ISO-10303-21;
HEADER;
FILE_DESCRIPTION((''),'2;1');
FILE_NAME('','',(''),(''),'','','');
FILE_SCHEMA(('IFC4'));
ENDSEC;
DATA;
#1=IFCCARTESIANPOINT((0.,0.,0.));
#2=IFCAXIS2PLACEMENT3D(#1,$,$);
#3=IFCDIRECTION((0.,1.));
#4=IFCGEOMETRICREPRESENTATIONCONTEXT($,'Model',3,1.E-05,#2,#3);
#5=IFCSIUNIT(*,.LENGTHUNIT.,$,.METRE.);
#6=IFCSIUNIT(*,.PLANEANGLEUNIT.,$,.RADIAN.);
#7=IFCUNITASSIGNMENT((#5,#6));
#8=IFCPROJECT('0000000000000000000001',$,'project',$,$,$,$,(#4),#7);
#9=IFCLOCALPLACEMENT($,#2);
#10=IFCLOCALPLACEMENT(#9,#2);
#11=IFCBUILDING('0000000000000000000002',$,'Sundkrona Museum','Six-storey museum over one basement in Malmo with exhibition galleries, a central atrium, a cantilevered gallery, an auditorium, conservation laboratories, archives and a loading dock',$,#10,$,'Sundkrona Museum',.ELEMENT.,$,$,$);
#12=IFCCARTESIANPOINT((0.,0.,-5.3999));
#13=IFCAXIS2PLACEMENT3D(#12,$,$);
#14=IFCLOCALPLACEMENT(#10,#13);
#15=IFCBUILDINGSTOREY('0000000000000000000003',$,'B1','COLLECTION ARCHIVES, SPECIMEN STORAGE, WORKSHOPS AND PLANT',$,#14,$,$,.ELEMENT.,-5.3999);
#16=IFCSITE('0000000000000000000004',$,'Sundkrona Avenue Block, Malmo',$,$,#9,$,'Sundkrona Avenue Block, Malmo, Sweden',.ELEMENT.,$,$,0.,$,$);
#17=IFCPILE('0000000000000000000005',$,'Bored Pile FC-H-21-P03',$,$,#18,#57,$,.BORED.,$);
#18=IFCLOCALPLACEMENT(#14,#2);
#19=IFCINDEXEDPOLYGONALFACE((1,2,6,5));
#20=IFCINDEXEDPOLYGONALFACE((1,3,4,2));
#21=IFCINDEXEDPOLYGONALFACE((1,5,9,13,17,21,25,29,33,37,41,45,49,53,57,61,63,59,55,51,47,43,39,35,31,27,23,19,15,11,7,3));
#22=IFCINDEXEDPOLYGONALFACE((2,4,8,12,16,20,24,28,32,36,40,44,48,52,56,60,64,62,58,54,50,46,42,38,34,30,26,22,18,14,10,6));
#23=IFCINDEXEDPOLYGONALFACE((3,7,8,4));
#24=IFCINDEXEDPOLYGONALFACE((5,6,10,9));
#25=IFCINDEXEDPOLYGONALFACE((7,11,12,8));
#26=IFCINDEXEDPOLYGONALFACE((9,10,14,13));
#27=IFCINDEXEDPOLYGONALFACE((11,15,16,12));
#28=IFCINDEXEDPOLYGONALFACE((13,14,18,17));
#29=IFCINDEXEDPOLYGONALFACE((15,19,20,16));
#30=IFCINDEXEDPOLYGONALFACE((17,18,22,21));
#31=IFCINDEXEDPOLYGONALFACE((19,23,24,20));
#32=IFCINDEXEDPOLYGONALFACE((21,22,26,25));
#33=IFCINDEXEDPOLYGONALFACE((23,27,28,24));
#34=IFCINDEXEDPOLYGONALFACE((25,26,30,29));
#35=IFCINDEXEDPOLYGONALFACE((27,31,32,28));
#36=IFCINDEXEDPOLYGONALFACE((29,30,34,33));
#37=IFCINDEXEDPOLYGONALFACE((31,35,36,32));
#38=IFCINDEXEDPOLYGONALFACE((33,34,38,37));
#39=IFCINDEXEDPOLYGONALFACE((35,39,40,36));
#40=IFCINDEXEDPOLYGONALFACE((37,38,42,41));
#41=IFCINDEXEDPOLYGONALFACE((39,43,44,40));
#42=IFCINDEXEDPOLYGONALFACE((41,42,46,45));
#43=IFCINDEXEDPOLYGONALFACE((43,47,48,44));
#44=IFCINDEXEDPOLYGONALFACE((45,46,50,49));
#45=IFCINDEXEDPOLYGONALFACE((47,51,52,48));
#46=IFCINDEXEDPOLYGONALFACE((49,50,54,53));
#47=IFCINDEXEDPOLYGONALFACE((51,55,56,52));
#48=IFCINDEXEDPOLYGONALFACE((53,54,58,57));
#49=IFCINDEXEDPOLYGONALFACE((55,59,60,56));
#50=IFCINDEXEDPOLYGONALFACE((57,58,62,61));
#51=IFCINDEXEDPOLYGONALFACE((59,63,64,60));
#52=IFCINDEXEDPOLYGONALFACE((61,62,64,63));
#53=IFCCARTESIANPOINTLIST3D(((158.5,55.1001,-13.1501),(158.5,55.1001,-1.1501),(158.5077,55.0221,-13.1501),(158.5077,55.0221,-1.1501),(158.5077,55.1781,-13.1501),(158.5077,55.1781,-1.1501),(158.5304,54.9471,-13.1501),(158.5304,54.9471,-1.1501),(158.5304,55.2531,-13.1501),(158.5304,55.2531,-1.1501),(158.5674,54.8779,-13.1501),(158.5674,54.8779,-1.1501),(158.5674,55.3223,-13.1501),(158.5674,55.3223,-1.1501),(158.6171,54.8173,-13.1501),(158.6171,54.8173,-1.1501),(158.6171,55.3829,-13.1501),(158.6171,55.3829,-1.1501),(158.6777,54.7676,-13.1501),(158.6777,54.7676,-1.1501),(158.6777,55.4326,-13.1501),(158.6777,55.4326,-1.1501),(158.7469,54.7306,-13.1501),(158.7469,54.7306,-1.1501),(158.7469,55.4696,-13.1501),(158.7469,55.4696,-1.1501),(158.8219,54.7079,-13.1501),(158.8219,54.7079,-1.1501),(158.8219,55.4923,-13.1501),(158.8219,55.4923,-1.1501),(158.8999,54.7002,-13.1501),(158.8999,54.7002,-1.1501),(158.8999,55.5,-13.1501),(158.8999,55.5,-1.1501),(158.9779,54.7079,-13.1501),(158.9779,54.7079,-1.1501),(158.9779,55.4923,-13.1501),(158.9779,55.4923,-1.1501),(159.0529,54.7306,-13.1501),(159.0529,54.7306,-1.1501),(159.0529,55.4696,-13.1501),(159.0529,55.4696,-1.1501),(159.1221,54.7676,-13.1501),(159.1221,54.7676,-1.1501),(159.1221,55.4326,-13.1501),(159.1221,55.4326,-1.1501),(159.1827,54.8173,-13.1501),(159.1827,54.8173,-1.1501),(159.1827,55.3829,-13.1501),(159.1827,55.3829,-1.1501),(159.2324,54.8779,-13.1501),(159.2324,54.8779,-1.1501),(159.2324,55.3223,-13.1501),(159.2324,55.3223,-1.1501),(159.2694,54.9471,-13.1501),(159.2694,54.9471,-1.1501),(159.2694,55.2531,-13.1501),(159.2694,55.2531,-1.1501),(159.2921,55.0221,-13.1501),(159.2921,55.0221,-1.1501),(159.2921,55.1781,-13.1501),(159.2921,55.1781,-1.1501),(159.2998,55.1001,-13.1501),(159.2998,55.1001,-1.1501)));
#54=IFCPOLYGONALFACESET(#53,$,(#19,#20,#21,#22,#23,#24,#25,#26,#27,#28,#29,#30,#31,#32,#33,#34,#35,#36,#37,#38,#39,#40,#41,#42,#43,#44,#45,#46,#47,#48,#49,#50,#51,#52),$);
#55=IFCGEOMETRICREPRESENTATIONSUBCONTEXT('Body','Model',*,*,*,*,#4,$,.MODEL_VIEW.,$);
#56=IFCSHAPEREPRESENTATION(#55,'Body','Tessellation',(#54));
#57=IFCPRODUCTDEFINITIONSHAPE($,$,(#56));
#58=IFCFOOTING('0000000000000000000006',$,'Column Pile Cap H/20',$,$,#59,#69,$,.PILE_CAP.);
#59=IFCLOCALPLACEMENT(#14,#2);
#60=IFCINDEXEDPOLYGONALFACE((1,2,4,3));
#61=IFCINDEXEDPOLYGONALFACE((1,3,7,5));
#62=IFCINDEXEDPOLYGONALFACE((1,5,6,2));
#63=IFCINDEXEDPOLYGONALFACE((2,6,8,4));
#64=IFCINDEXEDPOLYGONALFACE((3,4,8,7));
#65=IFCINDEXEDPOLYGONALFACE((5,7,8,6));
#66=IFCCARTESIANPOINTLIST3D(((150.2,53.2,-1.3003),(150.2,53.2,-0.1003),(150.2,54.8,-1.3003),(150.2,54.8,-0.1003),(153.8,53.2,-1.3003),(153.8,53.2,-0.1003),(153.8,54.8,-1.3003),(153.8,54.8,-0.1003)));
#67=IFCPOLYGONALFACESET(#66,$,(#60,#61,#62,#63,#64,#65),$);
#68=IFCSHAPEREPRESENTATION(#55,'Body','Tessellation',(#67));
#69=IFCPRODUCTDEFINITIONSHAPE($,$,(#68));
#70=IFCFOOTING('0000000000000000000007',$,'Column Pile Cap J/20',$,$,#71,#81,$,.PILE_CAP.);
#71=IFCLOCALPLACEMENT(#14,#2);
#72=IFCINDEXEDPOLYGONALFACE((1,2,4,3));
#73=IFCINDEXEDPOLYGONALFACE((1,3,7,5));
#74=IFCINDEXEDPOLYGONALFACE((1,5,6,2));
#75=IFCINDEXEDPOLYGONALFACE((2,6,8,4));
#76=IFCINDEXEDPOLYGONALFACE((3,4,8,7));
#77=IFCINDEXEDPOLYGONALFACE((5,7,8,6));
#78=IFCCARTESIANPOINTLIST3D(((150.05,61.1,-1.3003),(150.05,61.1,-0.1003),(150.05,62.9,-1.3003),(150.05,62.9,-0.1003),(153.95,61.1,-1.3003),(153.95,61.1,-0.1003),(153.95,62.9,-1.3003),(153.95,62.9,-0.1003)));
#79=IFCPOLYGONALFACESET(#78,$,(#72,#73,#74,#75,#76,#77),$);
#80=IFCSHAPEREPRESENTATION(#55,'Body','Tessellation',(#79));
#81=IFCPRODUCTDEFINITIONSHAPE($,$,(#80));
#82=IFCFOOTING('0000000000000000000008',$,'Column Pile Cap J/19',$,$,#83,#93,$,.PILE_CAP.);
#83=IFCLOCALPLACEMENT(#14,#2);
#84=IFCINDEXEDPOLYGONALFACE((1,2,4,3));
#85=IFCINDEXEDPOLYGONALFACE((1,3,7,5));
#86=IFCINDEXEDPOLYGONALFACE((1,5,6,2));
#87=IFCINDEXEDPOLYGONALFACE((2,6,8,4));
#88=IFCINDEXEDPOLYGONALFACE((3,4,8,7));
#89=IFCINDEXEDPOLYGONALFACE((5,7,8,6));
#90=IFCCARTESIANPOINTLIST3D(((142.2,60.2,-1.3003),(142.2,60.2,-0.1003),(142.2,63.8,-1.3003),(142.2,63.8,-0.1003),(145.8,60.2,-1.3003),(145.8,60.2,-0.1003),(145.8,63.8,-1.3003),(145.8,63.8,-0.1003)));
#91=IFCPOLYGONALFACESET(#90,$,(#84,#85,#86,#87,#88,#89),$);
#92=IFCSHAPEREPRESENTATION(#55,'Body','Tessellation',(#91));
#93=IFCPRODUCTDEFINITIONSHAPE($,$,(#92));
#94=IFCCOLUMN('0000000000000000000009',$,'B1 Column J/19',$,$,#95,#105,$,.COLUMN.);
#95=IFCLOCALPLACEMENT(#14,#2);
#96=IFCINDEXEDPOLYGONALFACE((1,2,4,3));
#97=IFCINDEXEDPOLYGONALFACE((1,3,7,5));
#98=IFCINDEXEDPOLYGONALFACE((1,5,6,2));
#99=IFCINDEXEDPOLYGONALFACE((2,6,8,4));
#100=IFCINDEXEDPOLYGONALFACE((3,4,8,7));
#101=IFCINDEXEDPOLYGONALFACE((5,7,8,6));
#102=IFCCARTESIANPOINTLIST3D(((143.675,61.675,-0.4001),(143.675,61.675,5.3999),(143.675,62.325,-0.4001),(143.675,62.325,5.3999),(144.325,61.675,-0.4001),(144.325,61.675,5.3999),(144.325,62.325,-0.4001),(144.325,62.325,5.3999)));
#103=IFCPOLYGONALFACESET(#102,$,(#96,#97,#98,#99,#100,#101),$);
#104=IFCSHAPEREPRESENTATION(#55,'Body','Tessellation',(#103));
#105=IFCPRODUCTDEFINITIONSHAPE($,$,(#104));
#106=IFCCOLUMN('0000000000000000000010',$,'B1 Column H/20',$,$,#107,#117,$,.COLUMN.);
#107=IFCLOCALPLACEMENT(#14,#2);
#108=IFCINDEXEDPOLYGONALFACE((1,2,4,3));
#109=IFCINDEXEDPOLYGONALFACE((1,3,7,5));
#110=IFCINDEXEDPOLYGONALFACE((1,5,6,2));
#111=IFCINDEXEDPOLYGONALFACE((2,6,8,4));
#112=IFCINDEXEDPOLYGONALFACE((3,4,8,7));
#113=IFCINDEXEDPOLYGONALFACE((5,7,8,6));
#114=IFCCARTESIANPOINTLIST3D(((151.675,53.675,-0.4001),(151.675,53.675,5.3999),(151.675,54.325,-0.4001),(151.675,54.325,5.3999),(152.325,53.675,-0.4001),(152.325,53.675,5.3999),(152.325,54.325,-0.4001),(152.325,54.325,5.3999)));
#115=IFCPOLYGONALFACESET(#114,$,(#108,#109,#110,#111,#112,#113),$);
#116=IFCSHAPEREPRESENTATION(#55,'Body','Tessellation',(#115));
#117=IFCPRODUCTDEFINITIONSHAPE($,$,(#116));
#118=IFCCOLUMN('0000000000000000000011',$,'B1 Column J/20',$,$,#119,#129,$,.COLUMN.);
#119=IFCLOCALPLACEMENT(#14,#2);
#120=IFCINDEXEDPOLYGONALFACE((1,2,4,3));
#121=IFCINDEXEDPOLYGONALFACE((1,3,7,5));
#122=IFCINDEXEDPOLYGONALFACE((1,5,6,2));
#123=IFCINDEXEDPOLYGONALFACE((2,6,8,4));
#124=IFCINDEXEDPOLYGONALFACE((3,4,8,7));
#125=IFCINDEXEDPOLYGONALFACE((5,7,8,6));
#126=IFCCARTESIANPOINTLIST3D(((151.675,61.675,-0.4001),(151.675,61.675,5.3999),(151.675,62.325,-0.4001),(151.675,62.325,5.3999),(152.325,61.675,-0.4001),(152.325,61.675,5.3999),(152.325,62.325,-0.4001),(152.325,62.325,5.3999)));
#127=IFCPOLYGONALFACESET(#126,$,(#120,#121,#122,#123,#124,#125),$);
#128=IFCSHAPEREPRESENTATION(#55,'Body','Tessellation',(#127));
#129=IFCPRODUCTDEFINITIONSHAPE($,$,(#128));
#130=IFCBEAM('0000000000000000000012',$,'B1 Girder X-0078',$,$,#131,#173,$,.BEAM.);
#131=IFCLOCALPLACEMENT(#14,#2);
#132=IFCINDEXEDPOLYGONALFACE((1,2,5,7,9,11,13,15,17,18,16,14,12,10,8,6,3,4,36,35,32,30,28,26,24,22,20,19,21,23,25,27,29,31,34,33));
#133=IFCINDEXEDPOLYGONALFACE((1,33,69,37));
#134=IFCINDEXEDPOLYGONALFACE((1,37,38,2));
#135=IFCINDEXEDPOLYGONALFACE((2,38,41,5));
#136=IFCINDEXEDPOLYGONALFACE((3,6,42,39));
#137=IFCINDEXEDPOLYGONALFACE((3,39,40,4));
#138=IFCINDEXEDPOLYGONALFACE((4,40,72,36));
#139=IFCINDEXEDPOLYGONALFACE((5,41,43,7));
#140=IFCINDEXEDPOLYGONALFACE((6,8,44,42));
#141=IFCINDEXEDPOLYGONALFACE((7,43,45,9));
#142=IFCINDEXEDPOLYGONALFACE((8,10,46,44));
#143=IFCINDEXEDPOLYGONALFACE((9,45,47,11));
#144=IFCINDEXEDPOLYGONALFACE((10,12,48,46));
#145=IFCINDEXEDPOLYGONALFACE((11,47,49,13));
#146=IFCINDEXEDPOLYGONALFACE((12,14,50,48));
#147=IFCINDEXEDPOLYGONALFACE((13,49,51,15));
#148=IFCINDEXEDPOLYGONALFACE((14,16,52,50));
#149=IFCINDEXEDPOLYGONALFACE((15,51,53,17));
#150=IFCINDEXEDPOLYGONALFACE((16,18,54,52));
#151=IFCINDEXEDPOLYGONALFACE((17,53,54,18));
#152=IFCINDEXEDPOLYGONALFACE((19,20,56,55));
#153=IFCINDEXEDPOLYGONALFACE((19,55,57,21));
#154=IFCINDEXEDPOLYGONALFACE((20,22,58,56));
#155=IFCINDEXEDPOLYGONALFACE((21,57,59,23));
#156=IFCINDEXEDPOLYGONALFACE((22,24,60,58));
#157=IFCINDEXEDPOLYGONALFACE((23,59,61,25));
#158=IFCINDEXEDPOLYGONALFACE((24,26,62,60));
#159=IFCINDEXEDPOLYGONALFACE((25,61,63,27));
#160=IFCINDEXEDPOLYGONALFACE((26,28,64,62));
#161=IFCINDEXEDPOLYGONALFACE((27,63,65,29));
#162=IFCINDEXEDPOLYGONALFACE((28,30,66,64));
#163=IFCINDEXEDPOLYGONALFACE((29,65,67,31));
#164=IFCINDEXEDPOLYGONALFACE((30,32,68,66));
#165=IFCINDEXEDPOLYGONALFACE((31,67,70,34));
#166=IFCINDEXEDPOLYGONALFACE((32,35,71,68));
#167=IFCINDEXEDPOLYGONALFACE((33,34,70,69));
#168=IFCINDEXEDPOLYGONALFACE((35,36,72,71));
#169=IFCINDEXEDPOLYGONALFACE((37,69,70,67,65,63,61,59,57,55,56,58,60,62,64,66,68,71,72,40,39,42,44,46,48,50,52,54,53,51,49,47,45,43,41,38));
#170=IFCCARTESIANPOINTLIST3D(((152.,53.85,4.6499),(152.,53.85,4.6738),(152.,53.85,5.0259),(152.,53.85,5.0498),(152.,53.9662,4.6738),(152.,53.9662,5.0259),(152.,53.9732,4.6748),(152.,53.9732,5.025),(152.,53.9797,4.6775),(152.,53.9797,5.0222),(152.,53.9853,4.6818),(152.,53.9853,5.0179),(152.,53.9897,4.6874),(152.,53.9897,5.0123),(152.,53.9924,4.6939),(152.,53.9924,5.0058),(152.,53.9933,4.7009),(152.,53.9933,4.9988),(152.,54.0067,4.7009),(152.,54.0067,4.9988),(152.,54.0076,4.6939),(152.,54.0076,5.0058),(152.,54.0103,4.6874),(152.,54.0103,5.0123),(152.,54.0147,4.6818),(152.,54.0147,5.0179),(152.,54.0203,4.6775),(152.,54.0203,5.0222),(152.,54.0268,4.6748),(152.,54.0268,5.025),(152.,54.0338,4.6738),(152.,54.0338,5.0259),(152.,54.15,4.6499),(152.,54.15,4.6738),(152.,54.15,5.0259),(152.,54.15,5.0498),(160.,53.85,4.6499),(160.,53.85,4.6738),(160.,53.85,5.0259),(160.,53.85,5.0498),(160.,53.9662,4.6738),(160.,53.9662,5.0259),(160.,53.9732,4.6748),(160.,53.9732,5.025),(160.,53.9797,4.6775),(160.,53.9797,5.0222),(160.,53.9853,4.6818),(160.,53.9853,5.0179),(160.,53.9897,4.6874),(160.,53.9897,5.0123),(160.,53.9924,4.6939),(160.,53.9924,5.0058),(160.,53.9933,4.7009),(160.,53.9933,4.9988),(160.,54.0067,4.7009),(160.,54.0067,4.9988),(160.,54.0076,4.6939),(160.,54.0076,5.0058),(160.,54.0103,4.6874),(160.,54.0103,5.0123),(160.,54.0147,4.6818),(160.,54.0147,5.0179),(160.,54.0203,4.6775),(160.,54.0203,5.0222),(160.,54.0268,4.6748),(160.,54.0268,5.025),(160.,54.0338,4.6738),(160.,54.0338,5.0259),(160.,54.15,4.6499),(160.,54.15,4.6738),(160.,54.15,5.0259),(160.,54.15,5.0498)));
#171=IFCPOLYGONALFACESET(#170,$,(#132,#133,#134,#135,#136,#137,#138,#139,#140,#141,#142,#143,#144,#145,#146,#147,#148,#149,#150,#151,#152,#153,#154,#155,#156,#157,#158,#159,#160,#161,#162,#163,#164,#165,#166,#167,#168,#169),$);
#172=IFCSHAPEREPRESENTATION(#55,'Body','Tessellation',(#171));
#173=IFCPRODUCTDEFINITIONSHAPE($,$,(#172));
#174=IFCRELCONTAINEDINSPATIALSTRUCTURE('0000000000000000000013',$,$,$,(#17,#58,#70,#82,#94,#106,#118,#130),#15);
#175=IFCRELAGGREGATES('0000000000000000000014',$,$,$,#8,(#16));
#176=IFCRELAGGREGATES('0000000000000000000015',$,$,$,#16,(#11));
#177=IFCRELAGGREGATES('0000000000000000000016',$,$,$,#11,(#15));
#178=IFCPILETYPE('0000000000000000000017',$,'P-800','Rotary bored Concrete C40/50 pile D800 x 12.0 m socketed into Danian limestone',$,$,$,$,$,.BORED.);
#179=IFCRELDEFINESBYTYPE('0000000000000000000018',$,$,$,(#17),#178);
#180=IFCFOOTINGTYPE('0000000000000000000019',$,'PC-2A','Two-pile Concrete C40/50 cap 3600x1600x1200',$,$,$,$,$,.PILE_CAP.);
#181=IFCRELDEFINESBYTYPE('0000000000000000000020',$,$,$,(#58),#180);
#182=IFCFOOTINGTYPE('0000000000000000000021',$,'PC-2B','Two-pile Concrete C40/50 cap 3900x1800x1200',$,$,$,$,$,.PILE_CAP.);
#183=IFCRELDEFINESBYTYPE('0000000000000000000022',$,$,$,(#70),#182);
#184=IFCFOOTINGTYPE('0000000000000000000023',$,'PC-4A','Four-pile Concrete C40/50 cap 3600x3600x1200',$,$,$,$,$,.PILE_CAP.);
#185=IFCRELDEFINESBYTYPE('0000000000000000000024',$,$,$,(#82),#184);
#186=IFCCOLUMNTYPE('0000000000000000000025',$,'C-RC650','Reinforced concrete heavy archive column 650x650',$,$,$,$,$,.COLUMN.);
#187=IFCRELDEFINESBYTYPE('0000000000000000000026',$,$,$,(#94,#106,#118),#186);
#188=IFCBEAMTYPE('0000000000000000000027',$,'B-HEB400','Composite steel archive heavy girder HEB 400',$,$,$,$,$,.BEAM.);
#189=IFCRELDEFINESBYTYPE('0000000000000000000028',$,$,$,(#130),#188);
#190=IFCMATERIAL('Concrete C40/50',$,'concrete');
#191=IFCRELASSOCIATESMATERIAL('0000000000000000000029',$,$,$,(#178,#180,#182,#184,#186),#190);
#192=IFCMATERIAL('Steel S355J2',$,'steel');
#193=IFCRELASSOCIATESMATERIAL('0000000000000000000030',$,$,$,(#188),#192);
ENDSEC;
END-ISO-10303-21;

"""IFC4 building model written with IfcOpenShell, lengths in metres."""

from ifc_helpers import new_model, si_unit, direction, frame, origin, origin_2d, place, context, subcontext, project, spatial, rectangle, circle, i_section, extrude, material, material_profile, profile_set, type_object, element, save


model = new_model("IFC4")

# Units and contexts
model_context = context("Model", 3, precision=1e-05, world=origin(), true_north=direction((0.0, 1.0)))
body_context = subcontext(model_context, "Body", "Model", "MODEL_VIEW")
ifc_project = project(units=[si_unit("LENGTHUNIT", "METRE"), si_unit("PLANEANGLEUNIT", "RADIAN")], contexts=[model_context])

# Site, building, storey
site_placement = place(None, origin())
site = spatial("IfcSite", under=ifc_project, at=site_placement, Name="Sundkrona Avenue Block, Malmo", LongName="Sundkrona Avenue Block, Malmo, Sweden", CompositionType="ELEMENT", RefElevation=0.0)
building_placement = place(site_placement, origin())
building = spatial("IfcBuilding", under=site, at=building_placement, Name="Sundkrona Museum", Description="Six-storey museum over one basement in Malmo with exhibition galleries, a central atrium, a cantilevered gallery, an auditorium, conservation laboratories, archives and a loading dock", LongName="Sundkrona Museum", CompositionType="ELEMENT")
storey_placement = place(building_placement, frame((0.0, 0.0, -5.3999)))
storey = spatial("IfcBuildingStorey", under=building, at=storey_placement, Name="B1", Description="COLLECTION ARCHIVES, SPECIMEN STORAGE, WORKSHOPS AND PLANT", CompositionType="ELEMENT", Elevation=-5.3999)

# Shared definitions
ifc_material_1 = material(Name="Concrete C40/50", Category="concrete")

# Pile
ifc_material_profile_1 = material_profile(ifc_material_1, circle(Radius=0.3999, at=origin_2d()), Name="PILE D800")
ifc_profile_set_1 = profile_set([ifc_material_profile_1], Name="Concrete C40/50")
pile_type = type_object("IfcPileType", Name="P-800", Description="Rotary bored Concrete C40/50 pile D800 x 12.0 m socketed into Danian limestone", PredefinedType="BORED", material=ifc_profile_set_1)
for number, where, z_axis, x_axis, name in (
    (1, (158.8999, 55.1001, -1.1501), (0.0, 0.0, -1.0), (1.0, 0.0, 0.0), "Bored Pile FC-H-21-P03"),
):
    element("IfcPile", number, at=place(storey_placement, frame(where, z_axis=z_axis, x_axis=x_axis)), inside=storey, type_object=pile_type, Name=name, PredefinedType="BORED", context=body_context, shape_type="SweptSolid", body=[
        extrude(circle(Radius=0.3999, at=origin_2d()), origin(), (0.0, 0.0, 1.0), 12.0),
    ])

# Footings
footing_type_1 = type_object("IfcFootingType", Name="PC-2A", Description="Two-pile Concrete C40/50 cap 3600x1600x1200", PredefinedType="PILE_CAP", material=ifc_material_1)
footing_1_placement = place(storey_placement, frame((152.0, 54.0, -1.3003), z_axis=(0.0, 0.0, 1.0), x_axis=(1.0, 0.0, 0.0)))
element("IfcFooting", 2, at=footing_1_placement, inside=storey, type_object=footing_type_1, Name="Column Pile Cap H/20", PredefinedType="PILE_CAP", context=body_context, shape_type="SweptSolid", body=[
    extrude(rectangle(XDim=3.6001, YDim=1.6001, at=origin_2d()), origin(), (0.0, 0.0, 1.0), 1.2),
])
footing_type_2 = type_object("IfcFootingType", Name="PC-2B", Description="Two-pile Concrete C40/50 cap 3900x1800x1200", PredefinedType="PILE_CAP", material=ifc_material_1)
footing_2_placement = place(storey_placement, frame((152.0, 62.0, -1.3003), z_axis=(0.0, 0.0, 1.0), x_axis=(1.0, 0.0, 0.0)))
element("IfcFooting", 3, at=footing_2_placement, inside=storey, type_object=footing_type_2, Name="Column Pile Cap J/20", PredefinedType="PILE_CAP", context=body_context, shape_type="SweptSolid", body=[
    extrude(rectangle(XDim=3.8999, YDim=1.8, at=origin_2d()), origin(), (0.0, 0.0, 1.0), 1.2),
])
footing_type_3 = type_object("IfcFootingType", Name="PC-4A", Description="Four-pile Concrete C40/50 cap 3600x3600x1200", PredefinedType="PILE_CAP", material=ifc_material_1)
footing_3_placement = place(storey_placement, frame((144.0, 62.0, -1.3003), z_axis=(0.0, 0.0, 1.0), x_axis=(1.0, 0.0, 0.0)))
element("IfcFooting", 4, at=footing_3_placement, inside=storey, type_object=footing_type_3, Name="Column Pile Cap J/19", PredefinedType="PILE_CAP", context=body_context, shape_type="SweptSolid", body=[
    extrude(rectangle(XDim=3.6001, YDim=3.6001, at=origin_2d()), origin(), (0.0, 0.0, 1.0), 1.2),
])

# Columns
ifc_material_profile_2 = material_profile(ifc_material_1, rectangle(XDim=0.6499, YDim=0.6499, at=origin_2d()), Name="RC 650x650")
ifc_profile_set_2 = profile_set([ifc_material_profile_2], Name="Concrete C40/50")
column_type = type_object("IfcColumnType", Name="C-RC650", Description="Reinforced concrete heavy archive column 650x650", PredefinedType="COLUMN", material=ifc_profile_set_2)
for number, where, z_axis, x_axis, name in (
    (5, (144.0, 62.0, -0.4001), (0.0, 0.0, 1.0), (1.0, 0.0, 0.0), "B1 Column J/19"),
    (6, (152.0, 54.0, -0.4001), (0.0, 0.0, 1.0), (1.0, 0.0, 0.0), "B1 Column H/20"),
    (7, (152.0, 62.0, -0.4001), (0.0, 0.0, 1.0), (1.0, 0.0, 0.0), "B1 Column J/20"),
):
    element("IfcColumn", number, at=place(storey_placement, frame(where, z_axis=z_axis, x_axis=x_axis)), inside=storey, type_object=column_type, Name=name, PredefinedType="COLUMN", context=body_context, shape_type="SweptSolid", body=[
        extrude(rectangle(XDim=0.6499, YDim=0.6499, at=origin_2d()), origin(), (0.0, 0.0, 1.0), 5.8),
    ])

# Beam
ifc_material_2 = material(Name="Steel S355J2", Category="steel")
ifc_material_profile_3 = material_profile(ifc_material_2, i_section(OverallWidth=0.3, OverallDepth=0.3999, WebThickness=0.0134, FlangeThickness=0.0239, FilletRadius=0.0271, at=origin_2d()), Name="HEB 400")
ifc_profile_set_3 = profile_set([ifc_material_profile_3], Name="Steel S355J2")
beam_type_1 = type_object("IfcBeamType", Name="B-HEB400", Description="Composite steel archive heavy girder HEB 400", PredefinedType="BEAM", material=ifc_profile_set_3)
for number, where, z_axis, x_axis, name in (
    (8, (152.0, 54.0, 4.8499), (1.0, 0.0, 0.0), (0.0, 1.0, 0.0), "B1 Girder X-0078"),
):
    element("IfcBeam", number, at=place(storey_placement, frame(where, z_axis=z_axis, x_axis=x_axis)), inside=storey, type_object=beam_type_1, Name=name, PredefinedType="BEAM", context=body_context, shape_type="SweptSolid", body=[
        extrude(i_section(OverallWidth=0.3, OverallDepth=0.3999, WebThickness=0.0134, FlangeThickness=0.0239, FilletRadius=0.0271, at=origin_2d()), origin(), (0.0, 0.0, 1.0), 8.0),
    ])

save(model, "model.ifc")
